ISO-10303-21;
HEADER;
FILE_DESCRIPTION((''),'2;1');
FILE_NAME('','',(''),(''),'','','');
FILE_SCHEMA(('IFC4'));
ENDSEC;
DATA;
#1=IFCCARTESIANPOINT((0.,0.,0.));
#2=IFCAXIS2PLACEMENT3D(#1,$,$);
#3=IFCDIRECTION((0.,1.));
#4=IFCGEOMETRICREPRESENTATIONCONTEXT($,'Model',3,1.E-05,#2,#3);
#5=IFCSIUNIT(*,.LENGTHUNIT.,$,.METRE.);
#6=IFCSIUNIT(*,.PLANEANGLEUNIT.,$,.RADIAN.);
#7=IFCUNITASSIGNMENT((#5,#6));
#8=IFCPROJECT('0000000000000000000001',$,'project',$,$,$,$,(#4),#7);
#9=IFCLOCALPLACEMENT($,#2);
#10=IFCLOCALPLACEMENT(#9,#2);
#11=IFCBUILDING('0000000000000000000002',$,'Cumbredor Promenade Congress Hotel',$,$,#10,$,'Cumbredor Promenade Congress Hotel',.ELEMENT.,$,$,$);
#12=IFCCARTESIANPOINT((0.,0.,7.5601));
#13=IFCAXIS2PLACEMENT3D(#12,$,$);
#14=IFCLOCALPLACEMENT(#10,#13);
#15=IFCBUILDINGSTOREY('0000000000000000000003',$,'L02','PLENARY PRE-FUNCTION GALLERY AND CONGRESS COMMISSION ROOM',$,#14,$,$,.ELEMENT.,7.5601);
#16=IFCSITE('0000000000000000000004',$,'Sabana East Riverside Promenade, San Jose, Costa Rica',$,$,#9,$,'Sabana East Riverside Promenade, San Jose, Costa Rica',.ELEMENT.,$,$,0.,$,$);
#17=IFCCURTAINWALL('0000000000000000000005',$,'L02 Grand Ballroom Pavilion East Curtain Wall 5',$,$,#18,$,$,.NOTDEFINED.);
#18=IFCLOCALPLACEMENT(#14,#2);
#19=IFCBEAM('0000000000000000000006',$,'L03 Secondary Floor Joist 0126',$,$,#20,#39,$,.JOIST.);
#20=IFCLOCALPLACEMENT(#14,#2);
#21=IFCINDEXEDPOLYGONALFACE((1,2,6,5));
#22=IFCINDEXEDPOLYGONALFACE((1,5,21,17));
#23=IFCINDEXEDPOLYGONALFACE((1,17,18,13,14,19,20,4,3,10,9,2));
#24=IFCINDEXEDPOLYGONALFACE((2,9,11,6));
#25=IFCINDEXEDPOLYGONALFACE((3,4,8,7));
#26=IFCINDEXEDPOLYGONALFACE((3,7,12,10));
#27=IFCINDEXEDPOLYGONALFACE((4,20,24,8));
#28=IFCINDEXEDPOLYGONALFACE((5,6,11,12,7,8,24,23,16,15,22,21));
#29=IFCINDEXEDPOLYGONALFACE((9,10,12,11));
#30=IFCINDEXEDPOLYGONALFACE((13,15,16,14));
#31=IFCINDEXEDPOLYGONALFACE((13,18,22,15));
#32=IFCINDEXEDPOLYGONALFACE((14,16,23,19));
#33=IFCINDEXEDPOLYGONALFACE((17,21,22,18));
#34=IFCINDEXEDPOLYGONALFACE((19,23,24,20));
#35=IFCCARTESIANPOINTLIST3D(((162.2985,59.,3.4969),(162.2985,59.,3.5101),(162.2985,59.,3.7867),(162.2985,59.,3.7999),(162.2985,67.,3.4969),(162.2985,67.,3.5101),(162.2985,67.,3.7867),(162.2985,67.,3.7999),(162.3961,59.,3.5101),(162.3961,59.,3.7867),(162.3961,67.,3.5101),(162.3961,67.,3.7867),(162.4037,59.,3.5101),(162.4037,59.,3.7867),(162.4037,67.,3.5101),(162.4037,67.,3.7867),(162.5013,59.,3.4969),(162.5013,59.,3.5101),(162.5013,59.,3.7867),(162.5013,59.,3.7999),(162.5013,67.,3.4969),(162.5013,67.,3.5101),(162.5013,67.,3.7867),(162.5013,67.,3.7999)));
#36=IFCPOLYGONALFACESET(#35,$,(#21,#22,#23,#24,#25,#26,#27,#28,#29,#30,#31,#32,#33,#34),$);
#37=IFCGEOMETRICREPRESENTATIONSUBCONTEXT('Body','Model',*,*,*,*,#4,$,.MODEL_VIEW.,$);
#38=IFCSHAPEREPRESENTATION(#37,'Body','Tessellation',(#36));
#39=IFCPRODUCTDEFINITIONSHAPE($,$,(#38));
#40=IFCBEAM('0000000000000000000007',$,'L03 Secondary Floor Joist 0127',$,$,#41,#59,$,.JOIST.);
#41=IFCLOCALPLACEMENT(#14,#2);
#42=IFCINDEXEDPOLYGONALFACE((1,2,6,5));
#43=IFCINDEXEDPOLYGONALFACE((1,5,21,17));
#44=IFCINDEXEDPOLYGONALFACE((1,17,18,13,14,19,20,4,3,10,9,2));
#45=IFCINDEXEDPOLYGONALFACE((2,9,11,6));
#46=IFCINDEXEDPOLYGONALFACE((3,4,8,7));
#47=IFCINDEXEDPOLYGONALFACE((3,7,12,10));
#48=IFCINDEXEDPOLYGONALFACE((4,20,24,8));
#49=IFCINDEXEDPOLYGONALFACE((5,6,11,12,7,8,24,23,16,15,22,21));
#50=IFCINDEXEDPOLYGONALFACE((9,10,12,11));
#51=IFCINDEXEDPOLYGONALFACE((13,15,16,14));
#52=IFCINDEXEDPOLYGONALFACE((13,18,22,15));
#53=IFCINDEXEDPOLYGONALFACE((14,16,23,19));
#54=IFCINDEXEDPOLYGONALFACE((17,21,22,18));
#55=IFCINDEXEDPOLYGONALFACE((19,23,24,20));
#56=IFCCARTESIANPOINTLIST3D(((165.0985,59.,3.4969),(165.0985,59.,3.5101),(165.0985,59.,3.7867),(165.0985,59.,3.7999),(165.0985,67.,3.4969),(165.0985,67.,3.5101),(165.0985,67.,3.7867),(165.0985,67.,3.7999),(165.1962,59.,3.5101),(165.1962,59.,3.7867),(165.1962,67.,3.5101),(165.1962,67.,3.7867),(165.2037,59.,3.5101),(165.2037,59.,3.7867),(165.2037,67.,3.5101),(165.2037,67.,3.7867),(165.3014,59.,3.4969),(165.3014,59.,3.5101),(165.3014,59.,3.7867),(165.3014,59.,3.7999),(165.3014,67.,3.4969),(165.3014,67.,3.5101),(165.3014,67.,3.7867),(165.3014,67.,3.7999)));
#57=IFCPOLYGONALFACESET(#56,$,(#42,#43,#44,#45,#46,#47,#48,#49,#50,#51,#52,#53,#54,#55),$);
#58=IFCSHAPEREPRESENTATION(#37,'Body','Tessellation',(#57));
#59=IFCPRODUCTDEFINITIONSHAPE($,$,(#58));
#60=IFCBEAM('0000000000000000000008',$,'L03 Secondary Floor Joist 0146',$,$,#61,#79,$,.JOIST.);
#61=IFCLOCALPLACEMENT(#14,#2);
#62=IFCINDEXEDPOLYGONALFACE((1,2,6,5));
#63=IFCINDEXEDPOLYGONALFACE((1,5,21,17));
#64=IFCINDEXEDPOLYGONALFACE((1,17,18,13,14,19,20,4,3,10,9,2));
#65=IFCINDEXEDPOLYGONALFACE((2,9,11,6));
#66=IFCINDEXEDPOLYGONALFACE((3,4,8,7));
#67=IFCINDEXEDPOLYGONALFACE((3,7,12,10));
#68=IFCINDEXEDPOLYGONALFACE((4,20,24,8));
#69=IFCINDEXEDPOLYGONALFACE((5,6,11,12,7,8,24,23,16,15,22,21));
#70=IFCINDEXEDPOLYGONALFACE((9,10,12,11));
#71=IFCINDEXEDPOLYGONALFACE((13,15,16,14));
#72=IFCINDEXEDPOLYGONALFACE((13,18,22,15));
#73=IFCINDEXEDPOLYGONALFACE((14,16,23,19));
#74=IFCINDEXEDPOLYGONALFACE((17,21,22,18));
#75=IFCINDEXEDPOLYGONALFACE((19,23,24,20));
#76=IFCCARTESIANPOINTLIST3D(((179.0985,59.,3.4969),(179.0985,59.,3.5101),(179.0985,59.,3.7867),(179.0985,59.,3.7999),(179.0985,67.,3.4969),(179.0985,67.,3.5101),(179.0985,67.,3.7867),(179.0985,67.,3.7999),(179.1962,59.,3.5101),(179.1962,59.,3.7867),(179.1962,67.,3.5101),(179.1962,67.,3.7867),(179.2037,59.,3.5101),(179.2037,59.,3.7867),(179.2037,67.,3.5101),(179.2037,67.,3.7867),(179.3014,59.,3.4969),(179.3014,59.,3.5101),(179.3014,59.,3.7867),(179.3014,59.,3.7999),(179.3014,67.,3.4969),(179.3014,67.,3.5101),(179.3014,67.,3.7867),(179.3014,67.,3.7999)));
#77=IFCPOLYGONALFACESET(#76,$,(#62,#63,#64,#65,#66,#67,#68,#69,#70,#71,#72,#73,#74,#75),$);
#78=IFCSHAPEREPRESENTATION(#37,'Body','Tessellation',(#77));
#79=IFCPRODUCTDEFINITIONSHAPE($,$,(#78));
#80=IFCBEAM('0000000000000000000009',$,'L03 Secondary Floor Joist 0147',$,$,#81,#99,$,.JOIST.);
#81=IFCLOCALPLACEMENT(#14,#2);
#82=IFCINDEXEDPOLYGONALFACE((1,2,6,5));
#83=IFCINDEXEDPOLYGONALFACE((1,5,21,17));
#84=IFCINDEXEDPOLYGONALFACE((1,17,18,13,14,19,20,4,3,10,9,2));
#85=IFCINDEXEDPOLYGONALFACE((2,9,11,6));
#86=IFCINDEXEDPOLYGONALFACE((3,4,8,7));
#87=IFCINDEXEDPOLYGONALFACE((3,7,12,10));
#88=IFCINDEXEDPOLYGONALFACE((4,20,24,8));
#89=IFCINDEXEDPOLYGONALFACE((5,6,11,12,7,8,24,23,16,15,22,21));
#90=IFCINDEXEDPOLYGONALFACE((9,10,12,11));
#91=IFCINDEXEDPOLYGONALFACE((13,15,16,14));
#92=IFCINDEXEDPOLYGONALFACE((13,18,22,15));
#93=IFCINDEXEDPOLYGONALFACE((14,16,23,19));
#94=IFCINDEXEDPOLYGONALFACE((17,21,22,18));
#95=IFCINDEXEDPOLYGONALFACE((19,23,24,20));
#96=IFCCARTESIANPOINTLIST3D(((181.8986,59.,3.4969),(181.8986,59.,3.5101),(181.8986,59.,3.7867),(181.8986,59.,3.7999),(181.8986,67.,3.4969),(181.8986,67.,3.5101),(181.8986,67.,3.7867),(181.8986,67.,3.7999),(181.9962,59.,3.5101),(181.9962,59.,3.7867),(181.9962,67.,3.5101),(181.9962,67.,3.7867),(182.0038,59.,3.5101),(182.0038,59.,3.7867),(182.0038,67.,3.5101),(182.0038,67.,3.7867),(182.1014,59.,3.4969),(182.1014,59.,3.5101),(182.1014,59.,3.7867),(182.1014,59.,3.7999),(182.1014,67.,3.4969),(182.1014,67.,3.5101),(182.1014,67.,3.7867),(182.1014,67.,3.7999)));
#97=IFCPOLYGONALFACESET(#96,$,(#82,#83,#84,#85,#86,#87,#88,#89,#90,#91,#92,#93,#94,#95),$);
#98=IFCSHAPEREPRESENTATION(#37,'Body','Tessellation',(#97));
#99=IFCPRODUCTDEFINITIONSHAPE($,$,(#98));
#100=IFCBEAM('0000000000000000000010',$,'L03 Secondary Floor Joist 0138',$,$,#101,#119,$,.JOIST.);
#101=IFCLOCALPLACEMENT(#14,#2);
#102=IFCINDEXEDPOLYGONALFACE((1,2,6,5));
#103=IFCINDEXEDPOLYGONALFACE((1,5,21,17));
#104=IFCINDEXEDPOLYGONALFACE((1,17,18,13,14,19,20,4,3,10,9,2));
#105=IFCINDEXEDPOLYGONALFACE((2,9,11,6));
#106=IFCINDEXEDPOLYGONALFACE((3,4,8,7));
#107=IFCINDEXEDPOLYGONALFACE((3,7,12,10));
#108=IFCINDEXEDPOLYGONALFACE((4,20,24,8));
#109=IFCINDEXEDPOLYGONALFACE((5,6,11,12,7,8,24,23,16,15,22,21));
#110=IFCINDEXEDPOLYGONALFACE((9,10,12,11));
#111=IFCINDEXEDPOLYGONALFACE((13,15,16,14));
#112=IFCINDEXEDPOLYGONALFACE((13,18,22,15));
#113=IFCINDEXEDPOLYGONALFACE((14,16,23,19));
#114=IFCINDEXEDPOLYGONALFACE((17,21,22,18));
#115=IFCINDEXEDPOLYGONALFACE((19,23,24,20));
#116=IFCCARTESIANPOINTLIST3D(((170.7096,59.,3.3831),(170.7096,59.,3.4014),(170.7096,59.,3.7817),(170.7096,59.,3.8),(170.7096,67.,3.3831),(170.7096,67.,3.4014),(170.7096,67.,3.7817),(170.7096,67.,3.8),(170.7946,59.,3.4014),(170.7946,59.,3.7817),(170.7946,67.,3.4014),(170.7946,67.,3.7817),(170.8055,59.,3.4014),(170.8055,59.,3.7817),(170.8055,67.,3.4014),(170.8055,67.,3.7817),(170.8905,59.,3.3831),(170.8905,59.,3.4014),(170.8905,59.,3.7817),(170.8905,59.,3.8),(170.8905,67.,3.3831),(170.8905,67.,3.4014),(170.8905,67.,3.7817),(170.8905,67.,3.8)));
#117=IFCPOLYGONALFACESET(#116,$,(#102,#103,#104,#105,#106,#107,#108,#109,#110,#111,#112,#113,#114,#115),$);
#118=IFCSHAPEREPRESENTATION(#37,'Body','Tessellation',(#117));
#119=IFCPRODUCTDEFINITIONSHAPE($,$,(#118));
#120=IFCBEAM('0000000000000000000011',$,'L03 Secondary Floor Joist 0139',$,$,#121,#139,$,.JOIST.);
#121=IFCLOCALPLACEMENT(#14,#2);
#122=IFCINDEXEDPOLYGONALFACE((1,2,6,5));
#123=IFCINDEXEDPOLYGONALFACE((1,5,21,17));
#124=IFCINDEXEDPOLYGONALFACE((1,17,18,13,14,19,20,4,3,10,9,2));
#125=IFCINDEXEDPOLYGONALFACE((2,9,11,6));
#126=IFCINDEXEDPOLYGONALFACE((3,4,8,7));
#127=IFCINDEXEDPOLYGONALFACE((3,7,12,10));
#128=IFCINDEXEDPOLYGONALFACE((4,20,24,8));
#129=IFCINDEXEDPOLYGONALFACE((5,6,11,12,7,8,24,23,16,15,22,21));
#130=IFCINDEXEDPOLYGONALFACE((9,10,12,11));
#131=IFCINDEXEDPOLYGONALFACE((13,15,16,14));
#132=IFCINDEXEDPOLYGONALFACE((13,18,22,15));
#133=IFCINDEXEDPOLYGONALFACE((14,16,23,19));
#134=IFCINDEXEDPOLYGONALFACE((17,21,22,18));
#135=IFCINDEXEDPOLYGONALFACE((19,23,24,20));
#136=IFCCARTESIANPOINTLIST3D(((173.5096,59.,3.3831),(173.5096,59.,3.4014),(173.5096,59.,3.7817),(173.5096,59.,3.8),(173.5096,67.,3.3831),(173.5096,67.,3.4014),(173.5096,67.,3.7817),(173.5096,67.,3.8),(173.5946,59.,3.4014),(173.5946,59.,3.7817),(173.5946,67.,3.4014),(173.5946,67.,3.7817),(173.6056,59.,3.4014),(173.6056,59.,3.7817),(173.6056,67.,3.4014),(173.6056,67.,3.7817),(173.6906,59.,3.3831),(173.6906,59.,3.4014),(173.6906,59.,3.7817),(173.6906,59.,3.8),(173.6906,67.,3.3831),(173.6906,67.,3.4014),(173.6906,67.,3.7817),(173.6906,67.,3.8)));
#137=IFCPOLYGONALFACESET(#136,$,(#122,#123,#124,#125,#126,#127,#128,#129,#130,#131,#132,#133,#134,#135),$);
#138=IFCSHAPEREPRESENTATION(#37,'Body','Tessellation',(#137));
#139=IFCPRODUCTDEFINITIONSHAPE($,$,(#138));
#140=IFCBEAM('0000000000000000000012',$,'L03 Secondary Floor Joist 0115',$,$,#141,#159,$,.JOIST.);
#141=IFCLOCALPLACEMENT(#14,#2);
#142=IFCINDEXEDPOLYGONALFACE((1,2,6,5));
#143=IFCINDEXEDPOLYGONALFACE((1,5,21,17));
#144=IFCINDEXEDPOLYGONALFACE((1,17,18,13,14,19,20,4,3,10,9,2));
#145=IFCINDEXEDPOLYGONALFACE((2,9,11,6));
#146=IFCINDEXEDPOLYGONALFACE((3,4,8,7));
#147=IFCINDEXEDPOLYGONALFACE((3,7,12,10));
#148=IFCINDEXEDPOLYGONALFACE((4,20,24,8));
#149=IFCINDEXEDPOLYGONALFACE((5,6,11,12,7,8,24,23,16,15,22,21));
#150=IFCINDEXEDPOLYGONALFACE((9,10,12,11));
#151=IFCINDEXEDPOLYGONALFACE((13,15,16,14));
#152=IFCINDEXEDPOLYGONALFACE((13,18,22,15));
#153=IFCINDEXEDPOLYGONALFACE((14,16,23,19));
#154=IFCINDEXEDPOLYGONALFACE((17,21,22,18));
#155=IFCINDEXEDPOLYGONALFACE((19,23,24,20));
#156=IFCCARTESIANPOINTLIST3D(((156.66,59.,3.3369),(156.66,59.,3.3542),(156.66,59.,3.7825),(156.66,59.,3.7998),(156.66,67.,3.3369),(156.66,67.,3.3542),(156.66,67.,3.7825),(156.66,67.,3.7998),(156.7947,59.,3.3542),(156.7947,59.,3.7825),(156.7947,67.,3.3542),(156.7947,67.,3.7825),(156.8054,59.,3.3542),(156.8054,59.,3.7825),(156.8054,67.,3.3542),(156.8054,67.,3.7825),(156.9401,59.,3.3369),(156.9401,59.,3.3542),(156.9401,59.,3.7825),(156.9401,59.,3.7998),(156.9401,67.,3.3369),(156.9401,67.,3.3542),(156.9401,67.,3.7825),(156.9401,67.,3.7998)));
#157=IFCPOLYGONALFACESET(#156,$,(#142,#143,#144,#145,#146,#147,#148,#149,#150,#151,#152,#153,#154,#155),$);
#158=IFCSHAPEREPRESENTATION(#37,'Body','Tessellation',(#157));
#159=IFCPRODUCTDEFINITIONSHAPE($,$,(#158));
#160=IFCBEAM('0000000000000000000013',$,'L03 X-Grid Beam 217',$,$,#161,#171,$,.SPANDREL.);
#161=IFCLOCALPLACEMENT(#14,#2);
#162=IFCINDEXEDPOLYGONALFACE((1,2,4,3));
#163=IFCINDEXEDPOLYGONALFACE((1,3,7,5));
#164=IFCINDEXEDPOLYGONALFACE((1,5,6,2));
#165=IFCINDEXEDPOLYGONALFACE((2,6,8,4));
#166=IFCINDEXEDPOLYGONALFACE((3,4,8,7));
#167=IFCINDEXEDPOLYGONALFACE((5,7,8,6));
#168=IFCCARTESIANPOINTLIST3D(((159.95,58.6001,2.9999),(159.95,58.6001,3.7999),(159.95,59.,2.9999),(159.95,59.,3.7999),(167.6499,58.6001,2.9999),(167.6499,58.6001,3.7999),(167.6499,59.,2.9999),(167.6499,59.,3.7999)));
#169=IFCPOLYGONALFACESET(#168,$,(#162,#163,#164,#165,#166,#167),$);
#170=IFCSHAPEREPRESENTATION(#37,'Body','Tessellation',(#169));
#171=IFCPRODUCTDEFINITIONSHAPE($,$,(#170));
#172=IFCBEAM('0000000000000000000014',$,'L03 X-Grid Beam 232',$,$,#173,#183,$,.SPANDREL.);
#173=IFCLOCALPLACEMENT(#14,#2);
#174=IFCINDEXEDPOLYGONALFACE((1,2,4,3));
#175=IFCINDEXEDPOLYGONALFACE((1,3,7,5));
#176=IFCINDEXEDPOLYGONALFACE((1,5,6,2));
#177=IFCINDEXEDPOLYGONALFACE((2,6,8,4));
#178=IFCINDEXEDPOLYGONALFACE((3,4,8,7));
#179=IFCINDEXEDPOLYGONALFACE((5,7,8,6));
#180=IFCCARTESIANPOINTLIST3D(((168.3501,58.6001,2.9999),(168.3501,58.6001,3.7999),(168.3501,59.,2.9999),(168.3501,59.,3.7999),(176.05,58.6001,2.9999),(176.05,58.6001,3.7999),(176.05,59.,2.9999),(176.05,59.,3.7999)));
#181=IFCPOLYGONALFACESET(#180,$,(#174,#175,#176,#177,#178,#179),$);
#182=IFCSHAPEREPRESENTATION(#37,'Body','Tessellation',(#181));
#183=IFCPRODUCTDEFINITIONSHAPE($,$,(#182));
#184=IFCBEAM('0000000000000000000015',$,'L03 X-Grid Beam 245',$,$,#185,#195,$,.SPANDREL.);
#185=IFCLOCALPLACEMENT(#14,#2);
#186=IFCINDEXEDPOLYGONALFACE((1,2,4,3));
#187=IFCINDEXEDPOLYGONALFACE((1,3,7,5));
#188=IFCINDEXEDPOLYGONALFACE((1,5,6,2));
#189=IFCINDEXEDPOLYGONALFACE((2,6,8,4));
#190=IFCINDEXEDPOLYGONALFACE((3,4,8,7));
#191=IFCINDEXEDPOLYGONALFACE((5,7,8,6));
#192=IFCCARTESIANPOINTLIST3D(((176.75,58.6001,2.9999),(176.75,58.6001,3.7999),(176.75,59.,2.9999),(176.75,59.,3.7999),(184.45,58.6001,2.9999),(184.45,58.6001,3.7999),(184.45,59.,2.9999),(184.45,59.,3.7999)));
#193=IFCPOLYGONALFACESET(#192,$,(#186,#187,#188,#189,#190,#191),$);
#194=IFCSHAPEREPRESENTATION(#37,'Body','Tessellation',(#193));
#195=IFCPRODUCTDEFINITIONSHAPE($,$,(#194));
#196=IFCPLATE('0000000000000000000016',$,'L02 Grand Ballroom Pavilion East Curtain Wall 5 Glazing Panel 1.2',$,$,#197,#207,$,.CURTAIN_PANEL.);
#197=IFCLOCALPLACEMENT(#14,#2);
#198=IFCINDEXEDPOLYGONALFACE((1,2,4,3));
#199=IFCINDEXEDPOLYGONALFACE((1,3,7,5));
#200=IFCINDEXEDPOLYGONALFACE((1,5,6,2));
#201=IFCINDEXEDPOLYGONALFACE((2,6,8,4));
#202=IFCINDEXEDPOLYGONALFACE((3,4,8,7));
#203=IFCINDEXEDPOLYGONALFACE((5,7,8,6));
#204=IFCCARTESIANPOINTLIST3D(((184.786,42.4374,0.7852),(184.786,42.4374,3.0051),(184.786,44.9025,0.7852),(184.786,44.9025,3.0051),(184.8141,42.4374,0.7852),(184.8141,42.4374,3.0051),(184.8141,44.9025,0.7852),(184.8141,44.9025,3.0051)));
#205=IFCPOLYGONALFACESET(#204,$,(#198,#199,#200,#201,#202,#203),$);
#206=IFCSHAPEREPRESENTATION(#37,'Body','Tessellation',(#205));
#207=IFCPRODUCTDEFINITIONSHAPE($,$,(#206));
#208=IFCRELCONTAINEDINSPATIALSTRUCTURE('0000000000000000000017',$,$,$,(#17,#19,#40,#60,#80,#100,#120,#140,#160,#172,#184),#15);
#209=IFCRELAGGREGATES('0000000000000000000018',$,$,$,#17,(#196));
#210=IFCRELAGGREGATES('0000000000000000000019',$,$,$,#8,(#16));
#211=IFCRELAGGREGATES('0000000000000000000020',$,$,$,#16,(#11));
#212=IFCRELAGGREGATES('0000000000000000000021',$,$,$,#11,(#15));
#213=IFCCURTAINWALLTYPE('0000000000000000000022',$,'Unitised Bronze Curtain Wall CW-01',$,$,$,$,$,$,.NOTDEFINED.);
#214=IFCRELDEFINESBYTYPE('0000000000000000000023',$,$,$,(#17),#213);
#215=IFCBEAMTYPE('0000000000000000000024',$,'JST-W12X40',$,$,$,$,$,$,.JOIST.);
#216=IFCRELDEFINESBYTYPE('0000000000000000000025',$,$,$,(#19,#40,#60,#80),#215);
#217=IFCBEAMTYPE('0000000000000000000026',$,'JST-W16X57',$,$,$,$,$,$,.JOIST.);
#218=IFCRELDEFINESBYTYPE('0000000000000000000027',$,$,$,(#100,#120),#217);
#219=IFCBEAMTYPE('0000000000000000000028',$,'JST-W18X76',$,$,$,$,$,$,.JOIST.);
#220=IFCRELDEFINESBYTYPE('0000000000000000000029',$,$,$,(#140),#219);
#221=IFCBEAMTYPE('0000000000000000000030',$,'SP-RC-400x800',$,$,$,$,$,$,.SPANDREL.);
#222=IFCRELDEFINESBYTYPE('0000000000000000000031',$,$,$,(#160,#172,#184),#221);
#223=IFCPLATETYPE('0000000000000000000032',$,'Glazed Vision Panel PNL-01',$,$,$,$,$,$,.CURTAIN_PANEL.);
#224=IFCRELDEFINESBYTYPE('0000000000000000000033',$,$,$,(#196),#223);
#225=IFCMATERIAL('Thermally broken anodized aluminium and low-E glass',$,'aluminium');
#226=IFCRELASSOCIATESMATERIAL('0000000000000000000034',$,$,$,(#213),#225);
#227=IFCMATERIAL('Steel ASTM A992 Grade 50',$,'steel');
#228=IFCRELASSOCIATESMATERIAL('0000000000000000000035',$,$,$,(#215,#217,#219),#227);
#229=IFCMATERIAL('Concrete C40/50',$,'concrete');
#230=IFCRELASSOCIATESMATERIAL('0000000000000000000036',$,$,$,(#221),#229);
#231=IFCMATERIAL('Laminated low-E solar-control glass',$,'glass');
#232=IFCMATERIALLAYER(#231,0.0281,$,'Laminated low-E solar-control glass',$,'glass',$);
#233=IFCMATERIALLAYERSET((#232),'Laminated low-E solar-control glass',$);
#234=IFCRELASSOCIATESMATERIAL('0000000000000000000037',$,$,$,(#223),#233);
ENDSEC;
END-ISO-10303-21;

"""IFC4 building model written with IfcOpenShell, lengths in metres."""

from ifc_helpers import new_model, si_unit, direction, frame, origin, origin_2d, place, context, subcontext, project, spatial, rectangle, i_section, extrude, material, layer, layer_set, material_profile, profile_set, type_object, element, aggregate, save


model = new_model("IFC4")

# Units and contexts
model_context = context("Model", 3, precision=1e-05, world=origin(), true_north=direction((0.0, 1.0)))
body_context = subcontext(model_context, "Body", "Model", "MODEL_VIEW")
ifc_project = project(units=[si_unit("LENGTHUNIT", "METRE"), si_unit("PLANEANGLEUNIT", "RADIAN")], contexts=[model_context])

# Site, building, storey
site_placement = place(None, origin())
site = spatial("IfcSite", under=ifc_project, at=site_placement, Name="Sabana East Riverside Promenade, San Jose, Costa Rica", LongName="Sabana East Riverside Promenade, San Jose, Costa Rica", CompositionType="ELEMENT", RefElevation=0.0)
building_placement = place(site_placement, origin())
building = spatial("IfcBuilding", under=site, at=building_placement, Name="Cumbredor Promenade Congress Hotel", LongName="Cumbredor Promenade Congress Hotel", CompositionType="ELEMENT")
storey_placement = place(building_placement, frame((0.0, 0.0, 7.5601)))
storey = spatial("IfcBuildingStorey", under=building, at=storey_placement, Name="L02", Description="PLENARY PRE-FUNCTION GALLERY AND CONGRESS COMMISSION ROOM", CompositionType="ELEMENT", Elevation=7.5601)

# Shared definitions
ifc_material_1 = material(Name="Concrete C40/50", Category="concrete")

# Curtain wall
ifc_material_2 = material(Name="Thermally broken anodized aluminium and low-E glass", Category="aluminium")
curtain_wall_type = type_object("IfcCurtainWallType", Name="Unitised Bronze Curtain Wall CW-01", PredefinedType="NOTDEFINED", material=ifc_material_2)
curtain_wall_placement = place(storey_placement, origin())
curtain_wall = element("IfcCurtainWall", 1, at=curtain_wall_placement, inside=storey, type_object=curtain_wall_type, Name="L02 Grand Ballroom Pavilion East Curtain Wall 5", PredefinedType="NOTDEFINED")

# Beams
ifc_material_3 = material(Name="Steel ASTM A992 Grade 50", Category="steel")
ifc_material_profile_1 = material_profile(ifc_material_3, i_section(OverallWidth=0.2029, OverallDepth=0.303, WebThickness=0.0076, FlangeThickness=0.0132, at=origin_2d()), Name="W12X40")
ifc_profile_set_1 = profile_set([ifc_material_profile_1], Name="Steel ASTM A992 Grade 50")
beam_type_1 = type_object("IfcBeamType", Name="JST-W12X40", PredefinedType="JOIST", material=ifc_profile_set_1)
for number, where, z_axis, x_axis, name in (
    (2, (162.3999, 59.0, 3.6484), (0.0, 1.0, 0.0), (-1.0, 0.0, 0.0), "L03 Secondary Floor Joist 0126"),
    (3, (165.2, 59.0, 3.6484), (0.0, 1.0, 0.0), (-1.0, 0.0, 0.0), "L03 Secondary Floor Joist 0127"),
    (4, (179.2, 59.0, 3.6484), (0.0, 1.0, 0.0), (-1.0, 0.0, 0.0), "L03 Secondary Floor Joist 0146"),
    (5, (182.0, 59.0, 3.6484), (0.0, 1.0, 0.0), (-1.0, 0.0, 0.0), "L03 Secondary Floor Joist 0147"),
):
    element("IfcBeam", number, at=place(storey_placement, frame(where, z_axis=z_axis, x_axis=x_axis)), inside=storey, type_object=beam_type_1, Name=name, PredefinedType="JOIST", context=body_context, shape_type="SweptSolid", body=[
        extrude(i_section(OverallWidth=0.2029, OverallDepth=0.303, WebThickness=0.0076, FlangeThickness=0.0132, at=origin_2d()), origin(), (0.0, 0.0, 1.0), 8.0),
    ])
ifc_material_profile_2 = material_profile(ifc_material_3, i_section(OverallWidth=0.1809, OverallDepth=0.417, WebThickness=0.011, FlangeThickness=0.0183, at=origin_2d()), Name="W16X57")
ifc_profile_set_2 = profile_set([ifc_material_profile_2], Name="Steel ASTM A992 Grade 50")
beam_type_2 = type_object("IfcBeamType", Name="JST-W16X57", PredefinedType="JOIST", material=ifc_profile_set_2)
for number, where, z_axis, x_axis, name in (
    (6, (170.8, 59.0, 3.5916), (0.0, 1.0, 0.0), (-1.0, 0.0, 0.0), "L03 Secondary Floor Joist 0138"),
    (7, (173.6001, 59.0, 3.5916), (0.0, 1.0, 0.0), (-1.0, 0.0, 0.0), "L03 Secondary Floor Joist 0139"),
):
    element("IfcBeam", number, at=place(storey_placement, frame(where, z_axis=z_axis, x_axis=x_axis)), inside=storey, type_object=beam_type_2, Name=name, PredefinedType="JOIST", context=body_context, shape_type="SweptSolid", body=[
        extrude(i_section(OverallWidth=0.1809, OverallDepth=0.417, WebThickness=0.011, FlangeThickness=0.0183, at=origin_2d()), origin(), (0.0, 0.0, 1.0), 8.0),
    ])
ifc_material_profile_3 = material_profile(ifc_material_3, i_section(OverallWidth=0.28, OverallDepth=0.4629, WebThickness=0.0107, FlangeThickness=0.0173, at=origin_2d()), Name="W18X76")
ifc_profile_set_3 = profile_set([ifc_material_profile_3], Name="Steel ASTM A992 Grade 50")
beam_type_3 = type_object("IfcBeamType", Name="JST-W18X76", PredefinedType="JOIST", material=ifc_profile_set_3)
beam_1_placement = place(storey_placement, frame((156.8, 59.0, 3.5684), z_axis=(0.0, 1.0, 0.0), x_axis=(-1.0, 0.0, 0.0)))
element("IfcBeam", 8, at=beam_1_placement, inside=storey, type_object=beam_type_3, Name="L03 Secondary Floor Joist 0115", PredefinedType="JOIST", context=body_context, shape_type="SweptSolid", body=[
    extrude(i_section(OverallWidth=0.28, OverallDepth=0.4629, WebThickness=0.0107, FlangeThickness=0.0173, at=origin_2d()), origin(), (0.0, 0.0, 1.0), 8.0),
])
ifc_material_profile_4 = material_profile(ifc_material_1, rectangle(XDim=0.3999, YDim=0.8, at=origin_2d()), Name="RC SPANDREL 400x800")
ifc_profile_set_4 = profile_set([ifc_material_profile_4], Name="Concrete C40/50")
beam_type_4 = type_object("IfcBeamType", Name="SP-RC-400x800", PredefinedType="SPANDREL", material=ifc_profile_set_4)
for number, where, z_axis, x_axis, name in (
    (9, (159.95, 58.8, 3.3999), (1.0, 0.0, 0.0), (0.0, 1.0, 0.0), "L03 X-Grid Beam 217"),
    (10, (168.3501, 58.8, 3.3999), (1.0, 0.0, 0.0), (0.0, 1.0, 0.0), "L03 X-Grid Beam 232"),
    (11, (176.75, 58.8, 3.3999), (1.0, 0.0, 0.0), (0.0, 1.0, 0.0), "L03 X-Grid Beam 245"),
):
    element("IfcBeam", number, at=place(storey_placement, frame(where, z_axis=z_axis, x_axis=x_axis)), inside=storey, type_object=beam_type_4, Name=name, PredefinedType="SPANDREL", context=body_context, shape_type="SweptSolid", body=[
        extrude(rectangle(XDim=0.3999, YDim=0.8, at=origin_2d()), origin(), (0.0, 0.0, 1.0), 7.7),
    ])

# Plate
ifc_material_4 = material(Name="Laminated low-E solar-control glass", Category="glass")
ifc_layer_1 = layer(ifc_material_4, 0.0281, Name="Laminated low-E solar-control glass", Category="glass")
ifc_layer_set_1 = layer_set([ifc_layer_1], Name="Laminated low-E solar-control glass")
plate_type_1 = type_object("IfcPlateType", Name="Glazed Vision Panel PNL-01", PredefinedType="CURTAIN_PANEL", material=ifc_layer_set_1)
plate_1_placement = place(storey_placement, frame((184.8, 43.6699, 0.7852), z_axis=(0.0, 0.0, 1.0), x_axis=(0.0, 1.0, 0.0)))
plate_1 = element("IfcPlate", 12, at=plate_1_placement, type_object=plate_type_1, Name="L02 Grand Ballroom Pavilion East Curtain Wall 5 Glazing Panel 1.2", PredefinedType="CURTAIN_PANEL", context=body_context, shape_type="SweptSolid", body=[
    extrude(rectangle(XDim=2.4651, YDim=0.0281, at=origin_2d()), origin(), (0.0, 0.0, 1.0), 2.22),
])
aggregate(curtain_wall, [plate_1])

save(model, "model.ifc")
